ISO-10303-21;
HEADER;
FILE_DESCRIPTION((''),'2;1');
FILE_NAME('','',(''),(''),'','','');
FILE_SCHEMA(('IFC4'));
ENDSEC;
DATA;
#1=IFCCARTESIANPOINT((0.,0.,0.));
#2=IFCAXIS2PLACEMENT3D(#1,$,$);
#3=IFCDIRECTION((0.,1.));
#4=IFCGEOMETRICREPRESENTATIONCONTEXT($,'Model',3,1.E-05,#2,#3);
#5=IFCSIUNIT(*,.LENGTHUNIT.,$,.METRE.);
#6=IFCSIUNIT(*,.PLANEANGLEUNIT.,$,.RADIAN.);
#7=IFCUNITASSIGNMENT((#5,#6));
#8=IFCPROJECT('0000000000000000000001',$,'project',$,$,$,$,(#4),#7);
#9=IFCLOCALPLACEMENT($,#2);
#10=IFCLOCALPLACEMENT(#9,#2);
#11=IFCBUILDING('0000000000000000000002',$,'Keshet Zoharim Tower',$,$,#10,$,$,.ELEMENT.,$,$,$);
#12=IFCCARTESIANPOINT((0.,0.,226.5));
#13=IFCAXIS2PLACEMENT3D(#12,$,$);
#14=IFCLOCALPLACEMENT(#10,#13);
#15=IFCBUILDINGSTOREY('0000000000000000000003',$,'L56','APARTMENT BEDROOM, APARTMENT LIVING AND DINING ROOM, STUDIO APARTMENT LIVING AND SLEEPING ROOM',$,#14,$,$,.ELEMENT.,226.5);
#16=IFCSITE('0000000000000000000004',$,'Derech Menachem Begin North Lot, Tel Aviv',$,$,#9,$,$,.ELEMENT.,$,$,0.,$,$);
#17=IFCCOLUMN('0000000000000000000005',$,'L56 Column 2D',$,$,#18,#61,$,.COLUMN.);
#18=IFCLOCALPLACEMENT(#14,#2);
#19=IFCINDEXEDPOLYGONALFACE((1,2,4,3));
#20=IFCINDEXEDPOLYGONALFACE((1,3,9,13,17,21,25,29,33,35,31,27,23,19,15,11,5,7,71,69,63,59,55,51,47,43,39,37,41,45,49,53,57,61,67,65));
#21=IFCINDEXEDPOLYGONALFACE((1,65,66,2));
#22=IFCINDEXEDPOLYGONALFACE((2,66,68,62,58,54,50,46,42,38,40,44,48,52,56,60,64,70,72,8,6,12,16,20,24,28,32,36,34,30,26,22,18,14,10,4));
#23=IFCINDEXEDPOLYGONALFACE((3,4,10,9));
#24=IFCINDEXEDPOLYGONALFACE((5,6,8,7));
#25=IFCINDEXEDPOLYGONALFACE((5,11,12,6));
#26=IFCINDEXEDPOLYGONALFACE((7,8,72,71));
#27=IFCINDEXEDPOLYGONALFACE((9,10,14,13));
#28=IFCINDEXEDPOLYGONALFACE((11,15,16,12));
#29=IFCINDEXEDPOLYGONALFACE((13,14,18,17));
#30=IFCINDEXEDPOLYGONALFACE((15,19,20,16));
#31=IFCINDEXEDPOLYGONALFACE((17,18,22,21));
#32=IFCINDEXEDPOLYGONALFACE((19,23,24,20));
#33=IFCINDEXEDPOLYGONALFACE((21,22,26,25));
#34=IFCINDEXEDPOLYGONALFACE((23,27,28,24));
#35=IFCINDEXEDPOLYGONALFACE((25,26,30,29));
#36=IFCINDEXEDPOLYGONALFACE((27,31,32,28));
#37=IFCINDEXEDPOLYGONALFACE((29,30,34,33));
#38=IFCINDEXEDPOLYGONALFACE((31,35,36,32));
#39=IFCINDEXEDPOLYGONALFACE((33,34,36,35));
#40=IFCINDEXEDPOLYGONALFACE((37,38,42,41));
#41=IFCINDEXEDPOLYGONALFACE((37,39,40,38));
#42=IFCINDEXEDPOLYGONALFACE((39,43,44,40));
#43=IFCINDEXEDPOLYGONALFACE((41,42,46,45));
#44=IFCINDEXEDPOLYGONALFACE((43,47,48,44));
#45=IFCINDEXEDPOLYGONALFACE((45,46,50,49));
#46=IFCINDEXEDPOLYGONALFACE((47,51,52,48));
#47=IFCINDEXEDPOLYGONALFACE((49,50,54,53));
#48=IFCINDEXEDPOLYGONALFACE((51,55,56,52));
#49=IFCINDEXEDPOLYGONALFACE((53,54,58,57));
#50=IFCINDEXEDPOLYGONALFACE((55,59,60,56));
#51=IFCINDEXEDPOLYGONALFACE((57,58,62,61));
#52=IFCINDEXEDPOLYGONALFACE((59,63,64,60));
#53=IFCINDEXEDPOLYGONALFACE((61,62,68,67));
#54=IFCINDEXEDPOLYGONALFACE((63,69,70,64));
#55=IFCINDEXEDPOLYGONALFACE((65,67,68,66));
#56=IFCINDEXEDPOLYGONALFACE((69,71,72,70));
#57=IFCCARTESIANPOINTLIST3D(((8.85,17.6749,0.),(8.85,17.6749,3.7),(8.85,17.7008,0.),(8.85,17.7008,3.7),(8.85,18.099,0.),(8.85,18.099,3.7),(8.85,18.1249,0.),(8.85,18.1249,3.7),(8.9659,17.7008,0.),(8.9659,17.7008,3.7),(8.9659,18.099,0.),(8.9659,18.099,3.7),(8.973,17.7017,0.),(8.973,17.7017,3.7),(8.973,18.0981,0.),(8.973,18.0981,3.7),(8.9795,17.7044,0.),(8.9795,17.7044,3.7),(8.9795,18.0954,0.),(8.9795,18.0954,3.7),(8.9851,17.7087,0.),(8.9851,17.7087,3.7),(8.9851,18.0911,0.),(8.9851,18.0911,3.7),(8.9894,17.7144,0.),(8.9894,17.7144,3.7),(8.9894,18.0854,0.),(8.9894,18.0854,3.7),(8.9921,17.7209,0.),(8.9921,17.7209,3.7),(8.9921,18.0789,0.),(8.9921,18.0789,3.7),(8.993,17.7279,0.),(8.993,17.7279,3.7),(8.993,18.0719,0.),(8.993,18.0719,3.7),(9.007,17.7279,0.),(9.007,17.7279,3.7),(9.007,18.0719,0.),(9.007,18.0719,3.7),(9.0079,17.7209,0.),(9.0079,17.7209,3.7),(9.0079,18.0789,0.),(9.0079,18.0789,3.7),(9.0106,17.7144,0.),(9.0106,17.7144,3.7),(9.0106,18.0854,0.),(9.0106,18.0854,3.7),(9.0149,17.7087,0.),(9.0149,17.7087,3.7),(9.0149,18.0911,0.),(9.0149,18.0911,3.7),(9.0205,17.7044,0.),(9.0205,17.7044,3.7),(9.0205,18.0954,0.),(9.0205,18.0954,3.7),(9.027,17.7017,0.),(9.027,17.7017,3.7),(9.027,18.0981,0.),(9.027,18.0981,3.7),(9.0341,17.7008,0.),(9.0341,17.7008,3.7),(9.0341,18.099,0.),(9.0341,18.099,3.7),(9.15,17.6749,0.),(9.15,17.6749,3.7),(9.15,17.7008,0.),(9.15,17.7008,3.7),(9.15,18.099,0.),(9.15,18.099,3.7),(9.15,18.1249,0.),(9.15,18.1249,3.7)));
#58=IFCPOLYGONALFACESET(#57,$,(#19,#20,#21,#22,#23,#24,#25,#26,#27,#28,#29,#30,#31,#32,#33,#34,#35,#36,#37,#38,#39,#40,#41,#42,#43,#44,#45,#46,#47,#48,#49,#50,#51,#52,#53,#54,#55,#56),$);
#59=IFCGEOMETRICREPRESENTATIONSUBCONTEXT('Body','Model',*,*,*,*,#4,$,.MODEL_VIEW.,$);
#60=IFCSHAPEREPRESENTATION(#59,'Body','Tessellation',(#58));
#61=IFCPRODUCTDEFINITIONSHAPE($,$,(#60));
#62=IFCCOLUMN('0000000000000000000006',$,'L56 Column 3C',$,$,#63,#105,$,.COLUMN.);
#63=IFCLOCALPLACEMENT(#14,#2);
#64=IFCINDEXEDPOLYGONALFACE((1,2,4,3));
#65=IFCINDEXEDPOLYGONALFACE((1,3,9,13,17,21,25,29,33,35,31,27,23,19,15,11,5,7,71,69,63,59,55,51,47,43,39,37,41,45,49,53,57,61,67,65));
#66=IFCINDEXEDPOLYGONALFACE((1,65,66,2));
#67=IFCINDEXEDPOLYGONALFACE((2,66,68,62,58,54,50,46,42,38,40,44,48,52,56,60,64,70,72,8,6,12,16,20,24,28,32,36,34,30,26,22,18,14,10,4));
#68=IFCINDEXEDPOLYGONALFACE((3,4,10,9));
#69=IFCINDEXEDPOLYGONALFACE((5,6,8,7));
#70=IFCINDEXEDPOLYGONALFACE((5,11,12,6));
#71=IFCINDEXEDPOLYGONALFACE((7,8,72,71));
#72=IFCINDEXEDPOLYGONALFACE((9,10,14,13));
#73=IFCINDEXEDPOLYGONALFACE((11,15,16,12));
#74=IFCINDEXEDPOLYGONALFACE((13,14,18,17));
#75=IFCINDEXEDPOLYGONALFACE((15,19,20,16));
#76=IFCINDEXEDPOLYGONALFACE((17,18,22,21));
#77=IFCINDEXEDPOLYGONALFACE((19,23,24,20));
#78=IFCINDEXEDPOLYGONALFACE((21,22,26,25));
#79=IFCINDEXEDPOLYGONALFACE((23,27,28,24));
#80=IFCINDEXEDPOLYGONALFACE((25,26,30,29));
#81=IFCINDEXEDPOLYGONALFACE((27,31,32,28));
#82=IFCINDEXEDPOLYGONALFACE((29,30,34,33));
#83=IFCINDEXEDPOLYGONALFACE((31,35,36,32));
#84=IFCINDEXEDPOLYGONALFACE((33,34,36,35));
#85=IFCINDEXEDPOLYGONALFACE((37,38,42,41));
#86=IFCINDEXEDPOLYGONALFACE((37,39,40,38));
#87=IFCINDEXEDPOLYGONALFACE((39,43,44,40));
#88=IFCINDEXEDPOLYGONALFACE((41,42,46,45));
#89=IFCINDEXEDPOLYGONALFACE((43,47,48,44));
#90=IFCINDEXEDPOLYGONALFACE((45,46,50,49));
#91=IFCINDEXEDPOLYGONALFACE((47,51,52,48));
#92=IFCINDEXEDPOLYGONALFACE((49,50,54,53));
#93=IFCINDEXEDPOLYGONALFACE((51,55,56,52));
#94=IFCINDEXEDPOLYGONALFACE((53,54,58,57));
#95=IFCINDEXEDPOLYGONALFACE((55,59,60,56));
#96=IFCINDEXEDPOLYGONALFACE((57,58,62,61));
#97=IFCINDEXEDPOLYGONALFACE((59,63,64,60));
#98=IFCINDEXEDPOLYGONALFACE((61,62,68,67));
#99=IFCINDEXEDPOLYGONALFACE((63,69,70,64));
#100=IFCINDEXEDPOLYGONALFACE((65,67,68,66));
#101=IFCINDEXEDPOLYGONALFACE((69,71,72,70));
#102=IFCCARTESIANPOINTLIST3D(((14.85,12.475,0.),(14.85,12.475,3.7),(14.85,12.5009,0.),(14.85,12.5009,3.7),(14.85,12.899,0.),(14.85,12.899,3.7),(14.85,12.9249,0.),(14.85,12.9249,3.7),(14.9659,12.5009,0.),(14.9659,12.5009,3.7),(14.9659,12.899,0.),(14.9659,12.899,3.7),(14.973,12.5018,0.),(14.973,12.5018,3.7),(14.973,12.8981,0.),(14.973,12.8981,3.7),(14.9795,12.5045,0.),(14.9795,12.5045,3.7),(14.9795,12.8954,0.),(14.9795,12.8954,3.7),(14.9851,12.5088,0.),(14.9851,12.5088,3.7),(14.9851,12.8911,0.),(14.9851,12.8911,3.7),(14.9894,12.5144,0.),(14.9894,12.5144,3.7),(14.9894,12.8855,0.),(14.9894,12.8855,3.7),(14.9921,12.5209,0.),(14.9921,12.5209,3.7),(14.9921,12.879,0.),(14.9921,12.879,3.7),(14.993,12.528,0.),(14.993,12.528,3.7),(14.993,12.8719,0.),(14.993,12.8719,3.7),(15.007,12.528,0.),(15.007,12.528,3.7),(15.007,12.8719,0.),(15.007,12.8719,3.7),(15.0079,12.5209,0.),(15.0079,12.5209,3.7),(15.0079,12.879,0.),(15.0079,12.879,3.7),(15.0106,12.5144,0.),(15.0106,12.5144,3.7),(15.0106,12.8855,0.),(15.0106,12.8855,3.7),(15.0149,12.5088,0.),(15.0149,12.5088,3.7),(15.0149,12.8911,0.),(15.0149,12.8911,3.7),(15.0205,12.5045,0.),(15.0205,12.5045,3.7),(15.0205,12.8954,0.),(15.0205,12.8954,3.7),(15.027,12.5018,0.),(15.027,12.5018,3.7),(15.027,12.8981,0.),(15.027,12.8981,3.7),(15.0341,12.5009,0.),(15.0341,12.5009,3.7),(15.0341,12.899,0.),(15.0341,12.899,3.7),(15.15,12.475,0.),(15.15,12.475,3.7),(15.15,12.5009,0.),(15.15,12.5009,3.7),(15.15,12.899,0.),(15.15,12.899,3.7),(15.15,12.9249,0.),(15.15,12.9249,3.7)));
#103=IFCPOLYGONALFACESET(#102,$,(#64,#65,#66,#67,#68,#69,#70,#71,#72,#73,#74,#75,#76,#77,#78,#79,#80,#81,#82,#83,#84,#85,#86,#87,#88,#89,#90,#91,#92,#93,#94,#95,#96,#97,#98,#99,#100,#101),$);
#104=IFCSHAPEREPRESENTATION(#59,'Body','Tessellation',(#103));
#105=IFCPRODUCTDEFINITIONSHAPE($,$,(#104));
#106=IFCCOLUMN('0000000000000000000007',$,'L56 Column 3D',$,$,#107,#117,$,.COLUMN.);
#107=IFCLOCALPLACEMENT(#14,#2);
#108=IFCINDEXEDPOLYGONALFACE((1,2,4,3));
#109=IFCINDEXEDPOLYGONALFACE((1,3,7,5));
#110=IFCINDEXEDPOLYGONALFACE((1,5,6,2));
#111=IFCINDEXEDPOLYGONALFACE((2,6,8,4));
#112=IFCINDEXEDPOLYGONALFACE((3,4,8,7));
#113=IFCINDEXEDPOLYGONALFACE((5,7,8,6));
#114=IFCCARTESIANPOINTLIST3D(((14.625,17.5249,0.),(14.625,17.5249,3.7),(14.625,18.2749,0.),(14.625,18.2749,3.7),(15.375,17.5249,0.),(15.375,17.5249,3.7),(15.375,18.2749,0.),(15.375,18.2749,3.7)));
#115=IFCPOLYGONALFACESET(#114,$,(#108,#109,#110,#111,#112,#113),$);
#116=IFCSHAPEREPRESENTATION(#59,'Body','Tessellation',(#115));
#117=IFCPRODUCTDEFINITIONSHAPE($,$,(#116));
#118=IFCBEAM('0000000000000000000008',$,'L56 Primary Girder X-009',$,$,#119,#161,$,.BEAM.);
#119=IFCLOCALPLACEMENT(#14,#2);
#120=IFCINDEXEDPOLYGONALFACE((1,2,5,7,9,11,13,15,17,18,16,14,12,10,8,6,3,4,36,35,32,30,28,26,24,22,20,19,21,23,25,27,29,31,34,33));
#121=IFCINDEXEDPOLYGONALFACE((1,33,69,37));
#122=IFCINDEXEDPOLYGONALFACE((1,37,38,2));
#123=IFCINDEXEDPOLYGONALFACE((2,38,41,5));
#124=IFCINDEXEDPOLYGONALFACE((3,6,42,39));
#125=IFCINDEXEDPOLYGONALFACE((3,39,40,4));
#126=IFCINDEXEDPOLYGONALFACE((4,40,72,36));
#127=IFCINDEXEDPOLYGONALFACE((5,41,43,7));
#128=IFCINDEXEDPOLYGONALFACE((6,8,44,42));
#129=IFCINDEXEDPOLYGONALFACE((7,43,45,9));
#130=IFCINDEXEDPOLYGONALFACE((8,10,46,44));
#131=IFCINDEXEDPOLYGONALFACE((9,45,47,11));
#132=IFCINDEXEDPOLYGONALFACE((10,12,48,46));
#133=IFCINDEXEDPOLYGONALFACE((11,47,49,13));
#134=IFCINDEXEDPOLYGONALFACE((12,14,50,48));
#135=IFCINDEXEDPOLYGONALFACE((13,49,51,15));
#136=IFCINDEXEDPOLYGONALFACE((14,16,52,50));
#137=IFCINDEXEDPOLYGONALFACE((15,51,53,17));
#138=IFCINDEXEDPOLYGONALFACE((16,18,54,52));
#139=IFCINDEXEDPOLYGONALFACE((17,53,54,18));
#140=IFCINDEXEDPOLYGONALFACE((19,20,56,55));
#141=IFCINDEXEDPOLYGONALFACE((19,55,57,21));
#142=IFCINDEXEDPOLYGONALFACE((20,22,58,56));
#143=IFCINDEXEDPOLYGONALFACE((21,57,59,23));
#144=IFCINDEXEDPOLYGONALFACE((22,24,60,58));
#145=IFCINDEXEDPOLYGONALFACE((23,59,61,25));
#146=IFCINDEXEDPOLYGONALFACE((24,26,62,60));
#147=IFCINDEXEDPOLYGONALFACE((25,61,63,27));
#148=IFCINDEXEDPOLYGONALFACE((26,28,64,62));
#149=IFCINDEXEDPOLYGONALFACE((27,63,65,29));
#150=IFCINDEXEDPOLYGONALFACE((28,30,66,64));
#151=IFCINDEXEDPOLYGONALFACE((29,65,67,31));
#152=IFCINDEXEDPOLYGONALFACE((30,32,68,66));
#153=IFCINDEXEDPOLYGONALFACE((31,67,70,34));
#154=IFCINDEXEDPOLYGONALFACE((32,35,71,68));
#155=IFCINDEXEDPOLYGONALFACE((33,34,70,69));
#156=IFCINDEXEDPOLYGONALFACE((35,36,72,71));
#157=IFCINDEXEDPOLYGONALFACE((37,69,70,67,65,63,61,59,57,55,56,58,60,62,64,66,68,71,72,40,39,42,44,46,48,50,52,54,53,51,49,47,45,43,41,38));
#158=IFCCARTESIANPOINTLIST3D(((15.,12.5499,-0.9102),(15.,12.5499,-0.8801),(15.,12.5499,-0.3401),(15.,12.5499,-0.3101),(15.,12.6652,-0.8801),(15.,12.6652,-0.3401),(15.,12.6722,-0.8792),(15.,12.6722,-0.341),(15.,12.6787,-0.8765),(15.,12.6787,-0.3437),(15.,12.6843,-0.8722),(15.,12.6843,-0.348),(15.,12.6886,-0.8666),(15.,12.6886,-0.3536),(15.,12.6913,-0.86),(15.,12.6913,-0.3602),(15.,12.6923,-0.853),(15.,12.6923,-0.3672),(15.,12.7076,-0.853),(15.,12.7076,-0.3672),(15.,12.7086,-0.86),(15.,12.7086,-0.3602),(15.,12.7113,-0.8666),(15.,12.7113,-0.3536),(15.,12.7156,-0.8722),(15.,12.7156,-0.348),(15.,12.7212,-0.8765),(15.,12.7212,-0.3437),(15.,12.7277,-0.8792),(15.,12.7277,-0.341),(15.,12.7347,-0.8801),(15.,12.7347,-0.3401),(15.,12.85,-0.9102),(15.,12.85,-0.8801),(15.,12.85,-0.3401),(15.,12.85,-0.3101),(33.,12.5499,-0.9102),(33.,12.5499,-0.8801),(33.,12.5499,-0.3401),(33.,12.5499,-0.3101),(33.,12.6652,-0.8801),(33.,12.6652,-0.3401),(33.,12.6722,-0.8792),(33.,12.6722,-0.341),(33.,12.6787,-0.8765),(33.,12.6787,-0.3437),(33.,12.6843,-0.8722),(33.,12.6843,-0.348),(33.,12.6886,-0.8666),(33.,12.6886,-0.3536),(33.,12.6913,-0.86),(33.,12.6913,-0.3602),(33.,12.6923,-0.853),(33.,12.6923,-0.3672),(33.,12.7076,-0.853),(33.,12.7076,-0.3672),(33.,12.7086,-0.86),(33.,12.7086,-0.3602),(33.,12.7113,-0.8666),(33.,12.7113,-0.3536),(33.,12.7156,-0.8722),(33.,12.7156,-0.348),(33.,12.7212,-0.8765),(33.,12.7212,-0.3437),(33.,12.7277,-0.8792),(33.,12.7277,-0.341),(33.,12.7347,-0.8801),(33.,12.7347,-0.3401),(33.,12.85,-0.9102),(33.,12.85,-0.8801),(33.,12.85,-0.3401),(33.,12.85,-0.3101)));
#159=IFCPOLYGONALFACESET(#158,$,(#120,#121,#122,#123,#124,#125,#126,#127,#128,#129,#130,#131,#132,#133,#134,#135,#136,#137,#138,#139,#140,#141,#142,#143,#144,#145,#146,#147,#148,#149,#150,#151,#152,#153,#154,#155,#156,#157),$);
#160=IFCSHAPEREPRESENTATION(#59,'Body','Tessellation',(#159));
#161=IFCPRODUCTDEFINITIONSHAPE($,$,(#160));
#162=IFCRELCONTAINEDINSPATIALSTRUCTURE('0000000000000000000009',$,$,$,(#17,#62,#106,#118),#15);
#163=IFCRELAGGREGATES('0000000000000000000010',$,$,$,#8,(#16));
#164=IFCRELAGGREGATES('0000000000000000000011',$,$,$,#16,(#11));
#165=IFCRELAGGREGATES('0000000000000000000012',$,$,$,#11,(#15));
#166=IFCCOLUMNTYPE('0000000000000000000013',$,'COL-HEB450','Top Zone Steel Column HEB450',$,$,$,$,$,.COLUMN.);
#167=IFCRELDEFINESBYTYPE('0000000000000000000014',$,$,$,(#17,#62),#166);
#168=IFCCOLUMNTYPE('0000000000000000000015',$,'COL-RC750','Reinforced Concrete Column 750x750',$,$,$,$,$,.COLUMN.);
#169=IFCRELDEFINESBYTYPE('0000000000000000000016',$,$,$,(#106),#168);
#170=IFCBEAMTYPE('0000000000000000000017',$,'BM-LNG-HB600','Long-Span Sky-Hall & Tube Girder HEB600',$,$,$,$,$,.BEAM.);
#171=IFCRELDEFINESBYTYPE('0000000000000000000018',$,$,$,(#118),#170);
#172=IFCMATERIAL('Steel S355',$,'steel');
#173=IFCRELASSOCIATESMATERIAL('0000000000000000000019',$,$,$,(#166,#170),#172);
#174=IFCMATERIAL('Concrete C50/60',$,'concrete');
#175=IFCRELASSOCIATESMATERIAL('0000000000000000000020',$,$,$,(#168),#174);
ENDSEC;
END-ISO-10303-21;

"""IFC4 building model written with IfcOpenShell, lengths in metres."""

from ifc_helpers import new_model, si_unit, direction, frame, origin, origin_2d, place, context, subcontext, project, spatial, rectangle, i_section, extrude, material, material_profile, profile_set, type_object, element, save


model = new_model("IFC4")

# Units and contexts
model_context = context("Model", 3, precision=1e-05, world=origin(), true_north=direction((0.0, 1.0)))
body_context = subcontext(model_context, "Body", "Model", "MODEL_VIEW")
ifc_project = project(units=[si_unit("LENGTHUNIT", "METRE"), si_unit("PLANEANGLEUNIT", "RADIAN")], contexts=[model_context])

# Site, building, storey
site_placement = place(None, origin())
site = spatial("IfcSite", under=ifc_project, at=site_placement, Name="Derech Menachem Begin North Lot, Tel Aviv", CompositionType="ELEMENT", RefElevation=0.0)
building_placement = place(site_placement, origin())
building = spatial("IfcBuilding", under=site, at=building_placement, Name="Keshet Zoharim Tower", CompositionType="ELEMENT")
storey_placement = place(building_placement, frame((0.0, 0.0, 226.5)))
storey = spatial("IfcBuildingStorey", under=building, at=storey_placement, Name="L56", Description="APARTMENT BEDROOM, APARTMENT LIVING AND DINING ROOM, STUDIO APARTMENT LIVING AND SLEEPING ROOM", CompositionType="ELEMENT", Elevation=226.5)

# Columns
ifc_material_1 = material(Name="Steel S355", Category="steel")
ifc_material_profile_1 = material_profile(ifc_material_1, i_section(OverallWidth=0.3, OverallDepth=0.45, WebThickness=0.0139, FlangeThickness=0.0259, FilletRadius=0.0271, at=origin_2d()), Name="HEB450")
ifc_profile_set_1 = profile_set([ifc_material_profile_1], Name="Steel S355")
column_type_1 = type_object("IfcColumnType", Name="COL-HEB450", Description="Top Zone Steel Column HEB450", PredefinedType="COLUMN", material=ifc_profile_set_1)
for number, where, z_axis, x_axis, name in (
    (1, (9.0, 17.8999, 0.0), (0.0, 0.0, 1.0), (1.0, 0.0, 0.0), "L56 Column 2D"),
    (2, (15.0, 12.7, 0.0), (0.0, 0.0, 1.0), (1.0, 0.0, 0.0), "L56 Column 3C"),
):
    element("IfcColumn", number, at=place(storey_placement, frame(where, z_axis=z_axis, x_axis=x_axis)), inside=storey, type_object=column_type_1, Name=name, PredefinedType="COLUMN", context=body_context, shape_type="SweptSolid", body=[
        extrude(i_section(OverallWidth=0.3, OverallDepth=0.45, WebThickness=0.0139, FlangeThickness=0.0259, FilletRadius=0.0271, at=origin_2d()), origin(), (0.0, 0.0, 1.0), 3.7),
    ])
ifc_material_2 = material(Name="Concrete C50/60", Category="concrete")
ifc_material_profile_2 = material_profile(ifc_material_2, rectangle(XDim=0.75, YDim=0.75, at=origin_2d()), Name="RC750x750")
ifc_profile_set_2 = profile_set([ifc_material_profile_2], Name="Concrete C50/60")
column_type_2 = type_object("IfcColumnType", Name="COL-RC750", Description="Reinforced Concrete Column 750x750", PredefinedType="COLUMN", material=ifc_profile_set_2)
column_placement = place(storey_placement, frame((15.0, 17.8999, 0.0), z_axis=(0.0, 0.0, 1.0), x_axis=(1.0, 0.0, 0.0)))
element("IfcColumn", 3, at=column_placement, inside=storey, type_object=column_type_2, Name="L56 Column 3D", PredefinedType="COLUMN", context=body_context, shape_type="SweptSolid", body=[
    extrude(rectangle(XDim=0.75, YDim=0.75, at=origin_2d()), origin(), (0.0, 0.0, 1.0), 3.7),
])

# Beam
ifc_material_profile_3 = material_profile(ifc_material_1, i_section(OverallWidth=0.3, OverallDepth=0.6001, WebThickness=0.0154, FlangeThickness=0.03, FilletRadius=0.0271, at=origin_2d()), Name="HEB600")
ifc_profile_set_3 = profile_set([ifc_material_profile_3], Name="Steel S355")
beam_type_1 = type_object("IfcBeamType", Name="BM-LNG-HB600", Description="Long-Span Sky-Hall & Tube Girder HEB600", PredefinedType="BEAM", material=ifc_profile_set_3)
for number, where, z_axis, x_axis, name in (
    (4, (15.0, 12.7, -0.6101), (1.0, 0.0, 0.0), (0.0, 1.0, 0.0), "L56 Primary Girder X-009"),
):
    element("IfcBeam", number, at=place(storey_placement, frame(where, z_axis=z_axis, x_axis=x_axis)), inside=storey, type_object=beam_type_1, Name=name, PredefinedType="BEAM", context=body_context, shape_type="SweptSolid", body=[
        extrude(i_section(OverallWidth=0.3, OverallDepth=0.6001, WebThickness=0.0154, FlangeThickness=0.03, FilletRadius=0.0271, at=origin_2d()), origin(), (0.0, 0.0, 1.0), 18.0),
    ])

save(model, "model.ifc")
